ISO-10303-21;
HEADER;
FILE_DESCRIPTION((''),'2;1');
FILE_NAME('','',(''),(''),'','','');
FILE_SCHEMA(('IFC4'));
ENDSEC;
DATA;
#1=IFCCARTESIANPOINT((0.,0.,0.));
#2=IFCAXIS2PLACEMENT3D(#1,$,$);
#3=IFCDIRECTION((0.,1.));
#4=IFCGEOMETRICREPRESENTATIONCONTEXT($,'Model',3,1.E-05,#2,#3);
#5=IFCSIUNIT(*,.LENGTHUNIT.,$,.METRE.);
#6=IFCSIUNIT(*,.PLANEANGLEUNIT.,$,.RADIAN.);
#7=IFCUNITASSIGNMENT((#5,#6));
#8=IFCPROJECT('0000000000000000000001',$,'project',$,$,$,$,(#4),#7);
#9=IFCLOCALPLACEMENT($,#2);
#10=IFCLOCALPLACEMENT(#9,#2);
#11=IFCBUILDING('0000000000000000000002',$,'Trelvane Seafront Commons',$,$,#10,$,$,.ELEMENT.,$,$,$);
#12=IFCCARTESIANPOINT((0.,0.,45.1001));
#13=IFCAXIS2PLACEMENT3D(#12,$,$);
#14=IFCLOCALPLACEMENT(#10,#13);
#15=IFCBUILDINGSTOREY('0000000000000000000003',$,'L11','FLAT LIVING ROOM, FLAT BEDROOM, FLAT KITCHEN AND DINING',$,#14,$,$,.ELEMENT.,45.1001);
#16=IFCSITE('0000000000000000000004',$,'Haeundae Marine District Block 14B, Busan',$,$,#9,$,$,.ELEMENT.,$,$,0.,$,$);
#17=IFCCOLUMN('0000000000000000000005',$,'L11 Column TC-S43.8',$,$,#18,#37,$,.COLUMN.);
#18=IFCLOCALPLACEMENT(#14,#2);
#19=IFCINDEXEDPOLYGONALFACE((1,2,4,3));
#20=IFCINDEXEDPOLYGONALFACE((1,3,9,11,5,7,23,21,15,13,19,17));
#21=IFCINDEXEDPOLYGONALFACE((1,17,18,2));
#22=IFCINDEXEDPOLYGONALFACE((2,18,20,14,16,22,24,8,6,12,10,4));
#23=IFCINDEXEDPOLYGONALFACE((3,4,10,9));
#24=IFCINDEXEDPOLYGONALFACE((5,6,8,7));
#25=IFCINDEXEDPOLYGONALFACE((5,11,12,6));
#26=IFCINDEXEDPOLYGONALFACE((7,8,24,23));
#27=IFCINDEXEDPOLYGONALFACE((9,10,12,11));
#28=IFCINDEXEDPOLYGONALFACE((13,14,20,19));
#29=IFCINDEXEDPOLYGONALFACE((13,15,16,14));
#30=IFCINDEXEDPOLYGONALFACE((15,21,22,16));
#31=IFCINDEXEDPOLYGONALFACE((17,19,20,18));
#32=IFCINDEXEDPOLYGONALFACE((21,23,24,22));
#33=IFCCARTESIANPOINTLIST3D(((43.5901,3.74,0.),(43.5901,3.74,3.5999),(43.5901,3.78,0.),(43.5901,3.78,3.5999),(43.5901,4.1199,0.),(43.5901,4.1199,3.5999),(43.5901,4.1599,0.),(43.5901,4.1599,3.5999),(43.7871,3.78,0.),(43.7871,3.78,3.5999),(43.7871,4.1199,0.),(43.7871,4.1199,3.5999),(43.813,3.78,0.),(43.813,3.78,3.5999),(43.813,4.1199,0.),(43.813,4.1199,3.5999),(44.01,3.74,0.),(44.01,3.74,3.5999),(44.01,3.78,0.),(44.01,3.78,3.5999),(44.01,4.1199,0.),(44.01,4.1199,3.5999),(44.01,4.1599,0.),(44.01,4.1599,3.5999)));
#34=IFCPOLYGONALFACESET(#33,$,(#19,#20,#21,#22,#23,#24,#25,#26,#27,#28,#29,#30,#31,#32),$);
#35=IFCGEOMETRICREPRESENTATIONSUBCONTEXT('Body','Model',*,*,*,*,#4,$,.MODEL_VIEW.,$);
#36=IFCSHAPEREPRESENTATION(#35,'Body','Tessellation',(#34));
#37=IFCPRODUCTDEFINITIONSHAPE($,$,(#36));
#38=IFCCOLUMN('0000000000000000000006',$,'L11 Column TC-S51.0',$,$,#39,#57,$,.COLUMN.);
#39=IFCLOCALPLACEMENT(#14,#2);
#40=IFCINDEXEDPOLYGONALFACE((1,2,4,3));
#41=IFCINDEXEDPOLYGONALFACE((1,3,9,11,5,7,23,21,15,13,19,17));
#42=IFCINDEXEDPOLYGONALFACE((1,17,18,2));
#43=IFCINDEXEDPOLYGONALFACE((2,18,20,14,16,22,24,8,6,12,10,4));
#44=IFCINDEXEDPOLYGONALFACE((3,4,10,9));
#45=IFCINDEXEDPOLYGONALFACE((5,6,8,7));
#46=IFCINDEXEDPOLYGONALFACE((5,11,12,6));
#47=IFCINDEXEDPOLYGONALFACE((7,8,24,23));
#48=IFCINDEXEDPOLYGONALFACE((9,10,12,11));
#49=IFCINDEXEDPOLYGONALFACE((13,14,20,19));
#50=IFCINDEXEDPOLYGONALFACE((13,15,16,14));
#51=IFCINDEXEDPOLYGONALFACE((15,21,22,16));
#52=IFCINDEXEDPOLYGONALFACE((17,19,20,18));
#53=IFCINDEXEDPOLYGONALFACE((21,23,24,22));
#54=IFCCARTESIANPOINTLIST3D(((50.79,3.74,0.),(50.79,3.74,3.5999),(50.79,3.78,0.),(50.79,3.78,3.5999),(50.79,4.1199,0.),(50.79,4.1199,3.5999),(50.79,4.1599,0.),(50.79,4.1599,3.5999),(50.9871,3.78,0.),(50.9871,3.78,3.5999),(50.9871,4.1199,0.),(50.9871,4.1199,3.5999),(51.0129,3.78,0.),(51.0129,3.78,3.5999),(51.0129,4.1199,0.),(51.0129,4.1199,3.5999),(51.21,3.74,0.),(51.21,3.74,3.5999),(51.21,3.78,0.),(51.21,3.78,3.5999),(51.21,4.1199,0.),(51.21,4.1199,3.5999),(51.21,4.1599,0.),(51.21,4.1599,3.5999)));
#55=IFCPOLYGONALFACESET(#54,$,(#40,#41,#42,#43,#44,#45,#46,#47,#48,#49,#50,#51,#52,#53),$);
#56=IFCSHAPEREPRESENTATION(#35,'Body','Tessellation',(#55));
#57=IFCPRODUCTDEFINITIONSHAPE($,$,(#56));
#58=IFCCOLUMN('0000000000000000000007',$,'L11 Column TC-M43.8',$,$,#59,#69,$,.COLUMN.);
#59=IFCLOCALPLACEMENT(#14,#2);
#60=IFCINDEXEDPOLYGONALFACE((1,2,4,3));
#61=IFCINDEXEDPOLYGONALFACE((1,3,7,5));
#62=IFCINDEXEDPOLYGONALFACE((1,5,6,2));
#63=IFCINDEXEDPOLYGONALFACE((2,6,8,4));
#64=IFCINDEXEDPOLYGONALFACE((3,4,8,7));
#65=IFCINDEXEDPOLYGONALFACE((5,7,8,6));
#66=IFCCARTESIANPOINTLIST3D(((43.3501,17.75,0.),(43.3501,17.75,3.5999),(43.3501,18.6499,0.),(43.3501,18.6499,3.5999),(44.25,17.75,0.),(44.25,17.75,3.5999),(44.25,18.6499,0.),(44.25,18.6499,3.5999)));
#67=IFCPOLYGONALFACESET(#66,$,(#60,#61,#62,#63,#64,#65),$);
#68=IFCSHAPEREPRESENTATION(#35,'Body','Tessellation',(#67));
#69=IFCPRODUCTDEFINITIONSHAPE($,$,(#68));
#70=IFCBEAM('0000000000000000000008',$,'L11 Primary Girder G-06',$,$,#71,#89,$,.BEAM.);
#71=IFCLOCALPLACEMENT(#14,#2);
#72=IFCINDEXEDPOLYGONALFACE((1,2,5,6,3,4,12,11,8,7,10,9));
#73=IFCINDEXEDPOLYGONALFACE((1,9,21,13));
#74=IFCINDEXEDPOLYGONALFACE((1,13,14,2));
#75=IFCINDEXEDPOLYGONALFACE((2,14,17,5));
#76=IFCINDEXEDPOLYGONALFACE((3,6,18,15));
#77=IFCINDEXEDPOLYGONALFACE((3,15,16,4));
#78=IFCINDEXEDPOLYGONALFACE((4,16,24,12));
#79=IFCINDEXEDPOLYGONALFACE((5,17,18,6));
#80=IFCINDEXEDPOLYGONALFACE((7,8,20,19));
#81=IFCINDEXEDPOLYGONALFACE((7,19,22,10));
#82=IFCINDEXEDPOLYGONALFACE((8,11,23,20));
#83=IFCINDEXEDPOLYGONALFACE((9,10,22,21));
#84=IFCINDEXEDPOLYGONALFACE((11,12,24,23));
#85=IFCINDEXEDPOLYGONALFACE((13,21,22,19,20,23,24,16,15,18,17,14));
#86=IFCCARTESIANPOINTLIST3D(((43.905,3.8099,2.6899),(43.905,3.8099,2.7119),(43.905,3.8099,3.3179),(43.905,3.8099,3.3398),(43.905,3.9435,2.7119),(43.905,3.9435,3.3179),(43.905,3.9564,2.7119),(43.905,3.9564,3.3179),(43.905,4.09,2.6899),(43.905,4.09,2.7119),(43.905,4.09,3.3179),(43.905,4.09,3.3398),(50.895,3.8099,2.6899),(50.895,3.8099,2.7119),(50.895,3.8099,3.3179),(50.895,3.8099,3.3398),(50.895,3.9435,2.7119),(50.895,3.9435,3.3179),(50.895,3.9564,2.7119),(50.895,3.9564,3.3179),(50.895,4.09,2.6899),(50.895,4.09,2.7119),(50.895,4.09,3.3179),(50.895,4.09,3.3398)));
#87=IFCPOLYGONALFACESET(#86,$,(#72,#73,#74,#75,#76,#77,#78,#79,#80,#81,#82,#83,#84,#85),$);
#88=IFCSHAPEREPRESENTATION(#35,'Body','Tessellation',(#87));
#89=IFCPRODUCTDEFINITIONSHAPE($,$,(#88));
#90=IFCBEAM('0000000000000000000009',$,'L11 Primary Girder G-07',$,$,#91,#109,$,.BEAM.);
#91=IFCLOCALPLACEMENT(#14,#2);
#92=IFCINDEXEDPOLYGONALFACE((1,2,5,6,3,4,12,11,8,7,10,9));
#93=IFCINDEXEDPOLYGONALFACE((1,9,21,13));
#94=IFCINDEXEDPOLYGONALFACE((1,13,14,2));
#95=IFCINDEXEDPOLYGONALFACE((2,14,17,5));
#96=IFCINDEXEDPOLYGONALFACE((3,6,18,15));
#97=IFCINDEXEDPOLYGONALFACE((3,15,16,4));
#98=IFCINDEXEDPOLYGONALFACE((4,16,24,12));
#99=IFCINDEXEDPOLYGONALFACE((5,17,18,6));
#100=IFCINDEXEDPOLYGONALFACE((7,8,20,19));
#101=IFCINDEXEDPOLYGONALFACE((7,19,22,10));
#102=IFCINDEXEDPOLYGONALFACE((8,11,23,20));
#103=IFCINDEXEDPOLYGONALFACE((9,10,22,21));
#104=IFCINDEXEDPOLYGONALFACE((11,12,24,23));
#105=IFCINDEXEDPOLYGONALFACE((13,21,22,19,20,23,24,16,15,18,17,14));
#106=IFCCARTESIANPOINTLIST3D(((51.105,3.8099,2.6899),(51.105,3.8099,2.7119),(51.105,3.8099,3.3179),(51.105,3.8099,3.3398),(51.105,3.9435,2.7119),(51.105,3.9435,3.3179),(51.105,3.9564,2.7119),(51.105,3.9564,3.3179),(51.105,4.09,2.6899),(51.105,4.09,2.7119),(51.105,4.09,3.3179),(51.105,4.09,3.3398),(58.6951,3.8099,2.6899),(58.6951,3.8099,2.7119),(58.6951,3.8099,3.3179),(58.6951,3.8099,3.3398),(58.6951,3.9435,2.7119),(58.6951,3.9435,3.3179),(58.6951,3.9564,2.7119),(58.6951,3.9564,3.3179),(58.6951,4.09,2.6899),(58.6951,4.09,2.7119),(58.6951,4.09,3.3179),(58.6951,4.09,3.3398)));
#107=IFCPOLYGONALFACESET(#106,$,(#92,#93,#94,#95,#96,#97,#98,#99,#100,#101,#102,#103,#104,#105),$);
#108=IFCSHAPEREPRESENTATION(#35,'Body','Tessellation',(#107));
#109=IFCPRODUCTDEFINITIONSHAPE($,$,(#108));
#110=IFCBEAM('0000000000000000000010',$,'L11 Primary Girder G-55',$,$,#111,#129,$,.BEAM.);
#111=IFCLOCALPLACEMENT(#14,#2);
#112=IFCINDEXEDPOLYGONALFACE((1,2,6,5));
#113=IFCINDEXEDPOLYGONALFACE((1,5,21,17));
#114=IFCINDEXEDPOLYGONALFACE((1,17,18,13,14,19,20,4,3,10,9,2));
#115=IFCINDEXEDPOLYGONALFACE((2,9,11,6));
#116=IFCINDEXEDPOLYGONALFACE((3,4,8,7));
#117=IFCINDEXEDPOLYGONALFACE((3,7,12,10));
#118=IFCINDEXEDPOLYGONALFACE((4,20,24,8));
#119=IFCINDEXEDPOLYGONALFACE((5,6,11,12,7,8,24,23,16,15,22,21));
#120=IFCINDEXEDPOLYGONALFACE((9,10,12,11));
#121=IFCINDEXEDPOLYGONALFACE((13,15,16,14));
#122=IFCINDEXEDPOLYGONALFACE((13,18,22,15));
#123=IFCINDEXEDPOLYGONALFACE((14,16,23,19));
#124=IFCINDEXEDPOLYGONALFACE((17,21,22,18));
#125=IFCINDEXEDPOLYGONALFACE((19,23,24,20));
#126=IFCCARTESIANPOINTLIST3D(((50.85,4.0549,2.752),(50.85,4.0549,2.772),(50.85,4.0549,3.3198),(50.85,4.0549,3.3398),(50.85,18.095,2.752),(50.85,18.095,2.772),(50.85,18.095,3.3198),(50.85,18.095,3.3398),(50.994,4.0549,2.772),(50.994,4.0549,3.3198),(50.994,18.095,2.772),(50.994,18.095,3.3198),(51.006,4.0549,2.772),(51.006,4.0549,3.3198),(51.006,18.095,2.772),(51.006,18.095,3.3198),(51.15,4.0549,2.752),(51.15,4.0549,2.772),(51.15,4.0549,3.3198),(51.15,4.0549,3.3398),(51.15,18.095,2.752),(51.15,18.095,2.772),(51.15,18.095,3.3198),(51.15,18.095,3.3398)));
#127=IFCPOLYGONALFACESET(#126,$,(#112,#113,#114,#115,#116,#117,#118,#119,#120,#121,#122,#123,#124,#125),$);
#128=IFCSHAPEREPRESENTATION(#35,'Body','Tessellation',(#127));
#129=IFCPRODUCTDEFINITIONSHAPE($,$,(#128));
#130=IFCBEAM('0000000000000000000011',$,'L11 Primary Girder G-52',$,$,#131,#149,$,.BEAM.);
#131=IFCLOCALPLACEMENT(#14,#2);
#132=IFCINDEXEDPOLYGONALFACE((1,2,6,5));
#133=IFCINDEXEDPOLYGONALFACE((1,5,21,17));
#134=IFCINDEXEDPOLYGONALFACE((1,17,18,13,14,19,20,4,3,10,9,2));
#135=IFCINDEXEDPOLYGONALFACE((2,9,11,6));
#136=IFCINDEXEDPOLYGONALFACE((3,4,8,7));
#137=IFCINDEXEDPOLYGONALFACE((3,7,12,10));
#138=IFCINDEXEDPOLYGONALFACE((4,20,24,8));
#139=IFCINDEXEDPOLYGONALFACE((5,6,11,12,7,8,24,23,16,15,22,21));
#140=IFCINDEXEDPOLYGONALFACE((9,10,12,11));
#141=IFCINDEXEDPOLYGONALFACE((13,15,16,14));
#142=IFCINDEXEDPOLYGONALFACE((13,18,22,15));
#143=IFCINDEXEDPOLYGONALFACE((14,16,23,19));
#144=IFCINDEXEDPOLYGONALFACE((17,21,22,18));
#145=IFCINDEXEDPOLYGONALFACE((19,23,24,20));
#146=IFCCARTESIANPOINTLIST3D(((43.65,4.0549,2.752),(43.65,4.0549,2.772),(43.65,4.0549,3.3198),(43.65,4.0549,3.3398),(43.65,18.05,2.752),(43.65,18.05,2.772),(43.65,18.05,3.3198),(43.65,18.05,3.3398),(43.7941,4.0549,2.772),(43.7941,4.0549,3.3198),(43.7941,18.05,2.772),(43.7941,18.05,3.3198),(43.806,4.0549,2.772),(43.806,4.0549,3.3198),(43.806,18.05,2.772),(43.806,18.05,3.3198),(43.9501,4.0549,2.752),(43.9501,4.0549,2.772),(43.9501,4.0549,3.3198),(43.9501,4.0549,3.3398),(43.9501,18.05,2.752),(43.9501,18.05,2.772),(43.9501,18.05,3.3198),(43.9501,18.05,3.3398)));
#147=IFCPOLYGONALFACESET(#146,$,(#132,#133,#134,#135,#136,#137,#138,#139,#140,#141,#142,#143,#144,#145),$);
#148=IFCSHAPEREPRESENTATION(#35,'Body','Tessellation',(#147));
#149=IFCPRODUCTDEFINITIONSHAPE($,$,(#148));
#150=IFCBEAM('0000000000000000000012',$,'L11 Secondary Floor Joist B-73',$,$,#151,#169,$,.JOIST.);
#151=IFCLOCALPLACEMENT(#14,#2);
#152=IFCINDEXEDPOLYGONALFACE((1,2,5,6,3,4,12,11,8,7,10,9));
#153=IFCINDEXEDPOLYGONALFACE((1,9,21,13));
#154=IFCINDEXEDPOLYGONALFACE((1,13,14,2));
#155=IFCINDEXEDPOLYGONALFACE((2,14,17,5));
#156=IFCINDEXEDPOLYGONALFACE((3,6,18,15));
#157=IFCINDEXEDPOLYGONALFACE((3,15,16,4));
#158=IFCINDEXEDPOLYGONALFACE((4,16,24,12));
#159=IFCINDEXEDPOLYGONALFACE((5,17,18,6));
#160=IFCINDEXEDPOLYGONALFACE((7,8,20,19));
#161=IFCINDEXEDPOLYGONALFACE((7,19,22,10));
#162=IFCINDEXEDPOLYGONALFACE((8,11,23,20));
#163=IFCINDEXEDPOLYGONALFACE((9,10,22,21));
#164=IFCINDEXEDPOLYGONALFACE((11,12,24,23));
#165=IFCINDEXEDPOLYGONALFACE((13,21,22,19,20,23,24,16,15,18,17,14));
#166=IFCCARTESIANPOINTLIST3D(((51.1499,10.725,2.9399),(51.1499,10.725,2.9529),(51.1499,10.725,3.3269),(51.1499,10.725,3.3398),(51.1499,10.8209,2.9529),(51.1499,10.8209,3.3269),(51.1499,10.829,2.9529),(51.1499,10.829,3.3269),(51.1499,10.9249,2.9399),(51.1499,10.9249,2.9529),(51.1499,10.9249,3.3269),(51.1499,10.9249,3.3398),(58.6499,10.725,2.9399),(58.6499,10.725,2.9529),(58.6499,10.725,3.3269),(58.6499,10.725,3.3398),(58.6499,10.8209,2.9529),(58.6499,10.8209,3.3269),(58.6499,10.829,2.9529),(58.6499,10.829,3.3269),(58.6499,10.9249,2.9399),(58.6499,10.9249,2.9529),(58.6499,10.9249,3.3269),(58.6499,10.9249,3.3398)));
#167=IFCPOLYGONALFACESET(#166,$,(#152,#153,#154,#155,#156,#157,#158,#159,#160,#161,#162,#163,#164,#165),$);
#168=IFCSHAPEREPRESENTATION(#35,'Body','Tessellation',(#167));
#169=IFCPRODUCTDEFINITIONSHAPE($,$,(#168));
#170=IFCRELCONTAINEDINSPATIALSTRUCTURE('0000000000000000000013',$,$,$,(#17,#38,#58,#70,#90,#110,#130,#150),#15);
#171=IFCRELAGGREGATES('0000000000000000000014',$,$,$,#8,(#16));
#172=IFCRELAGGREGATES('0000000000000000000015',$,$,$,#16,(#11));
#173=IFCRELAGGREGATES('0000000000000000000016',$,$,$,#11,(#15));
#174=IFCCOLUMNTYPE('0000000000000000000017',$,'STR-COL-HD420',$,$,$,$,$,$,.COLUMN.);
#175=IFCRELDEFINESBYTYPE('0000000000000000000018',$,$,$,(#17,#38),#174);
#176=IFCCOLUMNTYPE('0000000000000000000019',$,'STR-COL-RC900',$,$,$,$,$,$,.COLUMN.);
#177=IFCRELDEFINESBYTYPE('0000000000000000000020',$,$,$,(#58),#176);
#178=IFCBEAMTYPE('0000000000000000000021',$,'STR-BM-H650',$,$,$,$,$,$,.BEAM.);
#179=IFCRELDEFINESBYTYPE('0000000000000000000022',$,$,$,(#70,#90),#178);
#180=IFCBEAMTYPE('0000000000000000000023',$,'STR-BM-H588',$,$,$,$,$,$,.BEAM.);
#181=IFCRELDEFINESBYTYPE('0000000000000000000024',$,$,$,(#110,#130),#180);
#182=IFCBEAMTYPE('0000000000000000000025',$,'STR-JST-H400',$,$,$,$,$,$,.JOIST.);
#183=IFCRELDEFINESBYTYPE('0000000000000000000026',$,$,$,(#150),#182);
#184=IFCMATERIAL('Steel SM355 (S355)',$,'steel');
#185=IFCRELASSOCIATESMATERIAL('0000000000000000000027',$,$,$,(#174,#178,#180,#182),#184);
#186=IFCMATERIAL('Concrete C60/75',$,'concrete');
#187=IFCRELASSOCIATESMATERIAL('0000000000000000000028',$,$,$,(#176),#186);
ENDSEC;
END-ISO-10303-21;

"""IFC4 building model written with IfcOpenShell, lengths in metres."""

from ifc_helpers import new_model, si_unit, direction, frame, origin, origin_2d, place, context, subcontext, project, spatial, rectangle, i_section, extrude, source, transform, mapped, material, material_profile, profile_set, type_object, element, save


model = new_model("IFC4")

# Units and contexts
model_context = context("Model", 3, precision=1e-05, world=origin(), true_north=direction((0.0, 1.0)))
body_context = subcontext(model_context, "Body", "Model", "MODEL_VIEW")
ifc_project = project(units=[si_unit("LENGTHUNIT", "METRE"), si_unit("PLANEANGLEUNIT", "RADIAN")], contexts=[model_context])

# Site, building, storey
site_placement = place(None, origin())
site = spatial("IfcSite", under=ifc_project, at=site_placement, Name="Haeundae Marine District Block 14B, Busan", CompositionType="ELEMENT", RefElevation=0.0)
building_placement = place(site_placement, origin())
building = spatial("IfcBuilding", under=site, at=building_placement, Name="Trelvane Seafront Commons", CompositionType="ELEMENT")
storey_placement = place(building_placement, frame((0.0, 0.0, 45.1001)))
storey = spatial("IfcBuildingStorey", under=building, at=storey_placement, Name="L11", Description="FLAT LIVING ROOM, FLAT BEDROOM, FLAT KITCHEN AND DINING", CompositionType="ELEMENT", Elevation=45.1001)

# Columns
ifc_material_1 = material(Name="Steel SM355 (S355)", Category="steel")
ifc_material_profile_1 = material_profile(ifc_material_1, i_section(OverallWidth=0.4199, OverallDepth=0.4199, WebThickness=0.0259, FlangeThickness=0.04, at=origin_2d()), Name="HD-420x420x26x40")
ifc_profile_set_1 = profile_set([ifc_material_profile_1], Name="Steel SM355 (S355)")
column_type_1 = type_object("IfcColumnType", Name="STR-COL-HD420", PredefinedType="COLUMN", material=ifc_profile_set_1)
shared_shape_1 = source(origin(), body_context, "Body", "SweptSolid", [
    extrude(i_section(OverallWidth=0.4199, OverallDepth=0.4199, WebThickness=0.0259, FlangeThickness=0.04, at=origin_2d()), origin(), (0.0, 0.0, 1.0), 3.5999),
])
for number, where, z_axis, x_axis, name in (
    (1, (43.8, 3.95, 0.0), (0.0, 0.0, 1.0), (1.0, 0.0, 0.0), "L11 Column TC-S43.8"),
    (2, (51.0, 3.95, 0.0), (0.0, 0.0, 1.0), (1.0, 0.0, 0.0), "L11 Column TC-S51.0"),
):
    element("IfcColumn", number, at=place(storey_placement, frame(where, z_axis=z_axis, x_axis=x_axis)), inside=storey, type_object=column_type_1, Name=name, PredefinedType="COLUMN", context=body_context, shape_type="MappedRepresentation", body=[
        mapped(shared_shape_1, transform((0.0, 0.0, 0.0), x_axis=(1.0, 0.0, 0.0), y_axis=(0.0, 1.0, 0.0), z_axis=(0.0, 0.0, 1.0), scale=1.0)),
    ])
ifc_material_2 = material(Name="Concrete C60/75", Category="concrete")
ifc_material_profile_2 = material_profile(ifc_material_2, rectangle(XDim=0.8999, YDim=0.8999, at=origin_2d()), Name="RC-900x900")
ifc_profile_set_2 = profile_set([ifc_material_profile_2], Name="Concrete C60/75")
column_type_2 = type_object("IfcColumnType", Name="STR-COL-RC900", PredefinedType="COLUMN", material=ifc_profile_set_2)
shared_shape_2 = source(origin(), body_context, "Body", "SweptSolid", [
    extrude(rectangle(XDim=0.8999, YDim=0.8999, at=origin_2d()), origin(), (0.0, 0.0, 1.0), 3.5999),
])
column_placement = place(storey_placement, frame((43.8, 18.2, 0.0), z_axis=(0.0, 0.0, 1.0), x_axis=(1.0, 0.0, 0.0)))
element("IfcColumn", 3, at=column_placement, inside=storey, type_object=column_type_2, Name="L11 Column TC-M43.8", PredefinedType="COLUMN", context=body_context, shape_type="MappedRepresentation", body=[
    mapped(shared_shape_2, transform((0.0, 0.0, 0.0), x_axis=(1.0, 0.0, 0.0), y_axis=(0.0, 1.0, 0.0), z_axis=(0.0, 0.0, 1.0), scale=1.0)),
])

# Beams
ifc_material_profile_3 = material_profile(ifc_material_1, i_section(OverallWidth=0.28, OverallDepth=0.6499, WebThickness=0.0129, FlangeThickness=0.022, at=origin_2d()), Name="H-650x280x13x22")
ifc_profile_set_3 = profile_set([ifc_material_profile_3], Name="Steel SM355 (S355)")
beam_type_1 = type_object("IfcBeamType", Name="STR-BM-H650", PredefinedType="BEAM", material=ifc_profile_set_3)
shared_shape_3 = source(origin(), body_context, "Body", "SweptSolid", [
    extrude(i_section(OverallWidth=0.28, OverallDepth=0.6499, WebThickness=0.0129, FlangeThickness=0.022, at=origin_2d()), origin(), (0.0, 0.0, 1.0), 6.99),
])
beam_1_placement = place(storey_placement, frame((43.905, 3.95, 3.0149), z_axis=(1.0, 0.0, 0.0), x_axis=(0.0, 1.0, 0.0)))
element("IfcBeam", 4, at=beam_1_placement, inside=storey, type_object=beam_type_1, Name="L11 Primary Girder G-06", PredefinedType="BEAM", context=body_context, shape_type="MappedRepresentation", body=[
    mapped(shared_shape_3, transform((0.0, 0.0, 0.0), x_axis=(1.0, 0.0, 0.0), y_axis=(0.0, 1.0, 0.0), z_axis=(0.0, 0.0, 1.0), scale=1.0)),
])
shared_shape_4 = source(origin(), body_context, "Body", "SweptSolid", [
    extrude(i_section(OverallWidth=0.28, OverallDepth=0.6499, WebThickness=0.0129, FlangeThickness=0.022, at=origin_2d()), origin(), (0.0, 0.0, 1.0), 7.5901),
])
beam_2_placement = place(storey_placement, frame((51.105, 3.95, 3.0149), z_axis=(1.0, 0.0, 0.0), x_axis=(0.0, 1.0, 0.0)))
element("IfcBeam", 5, at=beam_2_placement, inside=storey, type_object=beam_type_1, Name="L11 Primary Girder G-07", PredefinedType="BEAM", context=body_context, shape_type="MappedRepresentation", body=[
    mapped(shared_shape_4, transform((0.0, 0.0, 0.0), x_axis=(1.0, 0.0, 0.0), y_axis=(0.0, 1.0, 0.0), z_axis=(0.0, 0.0, 1.0), scale=1.0)),
])
ifc_material_profile_4 = material_profile(ifc_material_1, i_section(OverallWidth=0.3, OverallDepth=0.5879, WebThickness=0.012, FlangeThickness=0.02, at=origin_2d()), Name="H-588x300x12x20")
ifc_profile_set_4 = profile_set([ifc_material_profile_4], Name="Steel SM355 (S355)")
beam_type_2 = type_object("IfcBeamType", Name="STR-BM-H588", PredefinedType="BEAM", material=ifc_profile_set_4)
shared_shape_5 = source(origin(), body_context, "Body", "SweptSolid", [
    extrude(i_section(OverallWidth=0.3, OverallDepth=0.5879, WebThickness=0.012, FlangeThickness=0.02, at=origin_2d()), origin(), (0.0, 0.0, 1.0), 14.04),
])
beam_3_placement = place(storey_placement, frame((51.0, 4.0549, 3.0459), z_axis=(0.0, 1.0, 0.0), x_axis=(-1.0, 0.0, 0.0)))
element("IfcBeam", 6, at=beam_3_placement, inside=storey, type_object=beam_type_2, Name="L11 Primary Girder G-55", PredefinedType="BEAM", context=body_context, shape_type="MappedRepresentation", body=[
    mapped(shared_shape_5, transform((0.0, 0.0, 0.0), x_axis=(1.0, 0.0, 0.0), y_axis=(0.0, 1.0, 0.0), z_axis=(0.0, 0.0, 1.0), scale=1.0)),
])
shared_shape_6 = source(origin(), body_context, "Body", "SweptSolid", [
    extrude(i_section(OverallWidth=0.3, OverallDepth=0.5879, WebThickness=0.012, FlangeThickness=0.02, at=origin_2d()), origin(), (0.0, 0.0, 1.0), 13.9951),
])
beam_4_placement = place(storey_placement, frame((43.8, 4.0549, 3.0459), z_axis=(0.0, 1.0, 0.0), x_axis=(-1.0, 0.0, 0.0)))
element("IfcBeam", 7, at=beam_4_placement, inside=storey, type_object=beam_type_2, Name="L11 Primary Girder G-52", PredefinedType="BEAM", context=body_context, shape_type="MappedRepresentation", body=[
    mapped(shared_shape_6, transform((0.0, 0.0, 0.0), x_axis=(1.0, 0.0, 0.0), y_axis=(0.0, 1.0, 0.0), z_axis=(0.0, 0.0, 1.0), scale=1.0)),
])
ifc_material_profile_5 = material_profile(ifc_material_1, i_section(OverallWidth=0.2, OverallDepth=0.3999, WebThickness=0.0081, FlangeThickness=0.0129, at=origin_2d()), Name="H-400x200x8x13")
ifc_profile_set_5 = profile_set([ifc_material_profile_5], Name="Steel SM355 (S355)")
beam_type_3 = type_object("IfcBeamType", Name="STR-JST-H400", PredefinedType="JOIST", material=ifc_profile_set_5)
shared_shape_7 = source(origin(), body_context, "Body", "SweptSolid", [
    extrude(i_section(OverallWidth=0.2, OverallDepth=0.3999, WebThickness=0.0081, FlangeThickness=0.0129, at=origin_2d()), origin(), (0.0, 0.0, 1.0), 7.5),
])
beam_5_placement = place(storey_placement, frame((51.1499, 10.825, 3.1399), z_axis=(1.0, 0.0, 0.0), x_axis=(0.0, 1.0, 0.0)))
element("IfcBeam", 8, at=beam_5_placement, inside=storey, type_object=beam_type_3, Name="L11 Secondary Floor Joist B-73", PredefinedType="JOIST", context=body_context, shape_type="MappedRepresentation", body=[
    mapped(shared_shape_7, transform((0.0, 0.0, 0.0), x_axis=(1.0, 0.0, 0.0), y_axis=(0.0, 1.0, 0.0), z_axis=(0.0, 0.0, 1.0), scale=1.0)),
])

save(model, "model.ifc")
